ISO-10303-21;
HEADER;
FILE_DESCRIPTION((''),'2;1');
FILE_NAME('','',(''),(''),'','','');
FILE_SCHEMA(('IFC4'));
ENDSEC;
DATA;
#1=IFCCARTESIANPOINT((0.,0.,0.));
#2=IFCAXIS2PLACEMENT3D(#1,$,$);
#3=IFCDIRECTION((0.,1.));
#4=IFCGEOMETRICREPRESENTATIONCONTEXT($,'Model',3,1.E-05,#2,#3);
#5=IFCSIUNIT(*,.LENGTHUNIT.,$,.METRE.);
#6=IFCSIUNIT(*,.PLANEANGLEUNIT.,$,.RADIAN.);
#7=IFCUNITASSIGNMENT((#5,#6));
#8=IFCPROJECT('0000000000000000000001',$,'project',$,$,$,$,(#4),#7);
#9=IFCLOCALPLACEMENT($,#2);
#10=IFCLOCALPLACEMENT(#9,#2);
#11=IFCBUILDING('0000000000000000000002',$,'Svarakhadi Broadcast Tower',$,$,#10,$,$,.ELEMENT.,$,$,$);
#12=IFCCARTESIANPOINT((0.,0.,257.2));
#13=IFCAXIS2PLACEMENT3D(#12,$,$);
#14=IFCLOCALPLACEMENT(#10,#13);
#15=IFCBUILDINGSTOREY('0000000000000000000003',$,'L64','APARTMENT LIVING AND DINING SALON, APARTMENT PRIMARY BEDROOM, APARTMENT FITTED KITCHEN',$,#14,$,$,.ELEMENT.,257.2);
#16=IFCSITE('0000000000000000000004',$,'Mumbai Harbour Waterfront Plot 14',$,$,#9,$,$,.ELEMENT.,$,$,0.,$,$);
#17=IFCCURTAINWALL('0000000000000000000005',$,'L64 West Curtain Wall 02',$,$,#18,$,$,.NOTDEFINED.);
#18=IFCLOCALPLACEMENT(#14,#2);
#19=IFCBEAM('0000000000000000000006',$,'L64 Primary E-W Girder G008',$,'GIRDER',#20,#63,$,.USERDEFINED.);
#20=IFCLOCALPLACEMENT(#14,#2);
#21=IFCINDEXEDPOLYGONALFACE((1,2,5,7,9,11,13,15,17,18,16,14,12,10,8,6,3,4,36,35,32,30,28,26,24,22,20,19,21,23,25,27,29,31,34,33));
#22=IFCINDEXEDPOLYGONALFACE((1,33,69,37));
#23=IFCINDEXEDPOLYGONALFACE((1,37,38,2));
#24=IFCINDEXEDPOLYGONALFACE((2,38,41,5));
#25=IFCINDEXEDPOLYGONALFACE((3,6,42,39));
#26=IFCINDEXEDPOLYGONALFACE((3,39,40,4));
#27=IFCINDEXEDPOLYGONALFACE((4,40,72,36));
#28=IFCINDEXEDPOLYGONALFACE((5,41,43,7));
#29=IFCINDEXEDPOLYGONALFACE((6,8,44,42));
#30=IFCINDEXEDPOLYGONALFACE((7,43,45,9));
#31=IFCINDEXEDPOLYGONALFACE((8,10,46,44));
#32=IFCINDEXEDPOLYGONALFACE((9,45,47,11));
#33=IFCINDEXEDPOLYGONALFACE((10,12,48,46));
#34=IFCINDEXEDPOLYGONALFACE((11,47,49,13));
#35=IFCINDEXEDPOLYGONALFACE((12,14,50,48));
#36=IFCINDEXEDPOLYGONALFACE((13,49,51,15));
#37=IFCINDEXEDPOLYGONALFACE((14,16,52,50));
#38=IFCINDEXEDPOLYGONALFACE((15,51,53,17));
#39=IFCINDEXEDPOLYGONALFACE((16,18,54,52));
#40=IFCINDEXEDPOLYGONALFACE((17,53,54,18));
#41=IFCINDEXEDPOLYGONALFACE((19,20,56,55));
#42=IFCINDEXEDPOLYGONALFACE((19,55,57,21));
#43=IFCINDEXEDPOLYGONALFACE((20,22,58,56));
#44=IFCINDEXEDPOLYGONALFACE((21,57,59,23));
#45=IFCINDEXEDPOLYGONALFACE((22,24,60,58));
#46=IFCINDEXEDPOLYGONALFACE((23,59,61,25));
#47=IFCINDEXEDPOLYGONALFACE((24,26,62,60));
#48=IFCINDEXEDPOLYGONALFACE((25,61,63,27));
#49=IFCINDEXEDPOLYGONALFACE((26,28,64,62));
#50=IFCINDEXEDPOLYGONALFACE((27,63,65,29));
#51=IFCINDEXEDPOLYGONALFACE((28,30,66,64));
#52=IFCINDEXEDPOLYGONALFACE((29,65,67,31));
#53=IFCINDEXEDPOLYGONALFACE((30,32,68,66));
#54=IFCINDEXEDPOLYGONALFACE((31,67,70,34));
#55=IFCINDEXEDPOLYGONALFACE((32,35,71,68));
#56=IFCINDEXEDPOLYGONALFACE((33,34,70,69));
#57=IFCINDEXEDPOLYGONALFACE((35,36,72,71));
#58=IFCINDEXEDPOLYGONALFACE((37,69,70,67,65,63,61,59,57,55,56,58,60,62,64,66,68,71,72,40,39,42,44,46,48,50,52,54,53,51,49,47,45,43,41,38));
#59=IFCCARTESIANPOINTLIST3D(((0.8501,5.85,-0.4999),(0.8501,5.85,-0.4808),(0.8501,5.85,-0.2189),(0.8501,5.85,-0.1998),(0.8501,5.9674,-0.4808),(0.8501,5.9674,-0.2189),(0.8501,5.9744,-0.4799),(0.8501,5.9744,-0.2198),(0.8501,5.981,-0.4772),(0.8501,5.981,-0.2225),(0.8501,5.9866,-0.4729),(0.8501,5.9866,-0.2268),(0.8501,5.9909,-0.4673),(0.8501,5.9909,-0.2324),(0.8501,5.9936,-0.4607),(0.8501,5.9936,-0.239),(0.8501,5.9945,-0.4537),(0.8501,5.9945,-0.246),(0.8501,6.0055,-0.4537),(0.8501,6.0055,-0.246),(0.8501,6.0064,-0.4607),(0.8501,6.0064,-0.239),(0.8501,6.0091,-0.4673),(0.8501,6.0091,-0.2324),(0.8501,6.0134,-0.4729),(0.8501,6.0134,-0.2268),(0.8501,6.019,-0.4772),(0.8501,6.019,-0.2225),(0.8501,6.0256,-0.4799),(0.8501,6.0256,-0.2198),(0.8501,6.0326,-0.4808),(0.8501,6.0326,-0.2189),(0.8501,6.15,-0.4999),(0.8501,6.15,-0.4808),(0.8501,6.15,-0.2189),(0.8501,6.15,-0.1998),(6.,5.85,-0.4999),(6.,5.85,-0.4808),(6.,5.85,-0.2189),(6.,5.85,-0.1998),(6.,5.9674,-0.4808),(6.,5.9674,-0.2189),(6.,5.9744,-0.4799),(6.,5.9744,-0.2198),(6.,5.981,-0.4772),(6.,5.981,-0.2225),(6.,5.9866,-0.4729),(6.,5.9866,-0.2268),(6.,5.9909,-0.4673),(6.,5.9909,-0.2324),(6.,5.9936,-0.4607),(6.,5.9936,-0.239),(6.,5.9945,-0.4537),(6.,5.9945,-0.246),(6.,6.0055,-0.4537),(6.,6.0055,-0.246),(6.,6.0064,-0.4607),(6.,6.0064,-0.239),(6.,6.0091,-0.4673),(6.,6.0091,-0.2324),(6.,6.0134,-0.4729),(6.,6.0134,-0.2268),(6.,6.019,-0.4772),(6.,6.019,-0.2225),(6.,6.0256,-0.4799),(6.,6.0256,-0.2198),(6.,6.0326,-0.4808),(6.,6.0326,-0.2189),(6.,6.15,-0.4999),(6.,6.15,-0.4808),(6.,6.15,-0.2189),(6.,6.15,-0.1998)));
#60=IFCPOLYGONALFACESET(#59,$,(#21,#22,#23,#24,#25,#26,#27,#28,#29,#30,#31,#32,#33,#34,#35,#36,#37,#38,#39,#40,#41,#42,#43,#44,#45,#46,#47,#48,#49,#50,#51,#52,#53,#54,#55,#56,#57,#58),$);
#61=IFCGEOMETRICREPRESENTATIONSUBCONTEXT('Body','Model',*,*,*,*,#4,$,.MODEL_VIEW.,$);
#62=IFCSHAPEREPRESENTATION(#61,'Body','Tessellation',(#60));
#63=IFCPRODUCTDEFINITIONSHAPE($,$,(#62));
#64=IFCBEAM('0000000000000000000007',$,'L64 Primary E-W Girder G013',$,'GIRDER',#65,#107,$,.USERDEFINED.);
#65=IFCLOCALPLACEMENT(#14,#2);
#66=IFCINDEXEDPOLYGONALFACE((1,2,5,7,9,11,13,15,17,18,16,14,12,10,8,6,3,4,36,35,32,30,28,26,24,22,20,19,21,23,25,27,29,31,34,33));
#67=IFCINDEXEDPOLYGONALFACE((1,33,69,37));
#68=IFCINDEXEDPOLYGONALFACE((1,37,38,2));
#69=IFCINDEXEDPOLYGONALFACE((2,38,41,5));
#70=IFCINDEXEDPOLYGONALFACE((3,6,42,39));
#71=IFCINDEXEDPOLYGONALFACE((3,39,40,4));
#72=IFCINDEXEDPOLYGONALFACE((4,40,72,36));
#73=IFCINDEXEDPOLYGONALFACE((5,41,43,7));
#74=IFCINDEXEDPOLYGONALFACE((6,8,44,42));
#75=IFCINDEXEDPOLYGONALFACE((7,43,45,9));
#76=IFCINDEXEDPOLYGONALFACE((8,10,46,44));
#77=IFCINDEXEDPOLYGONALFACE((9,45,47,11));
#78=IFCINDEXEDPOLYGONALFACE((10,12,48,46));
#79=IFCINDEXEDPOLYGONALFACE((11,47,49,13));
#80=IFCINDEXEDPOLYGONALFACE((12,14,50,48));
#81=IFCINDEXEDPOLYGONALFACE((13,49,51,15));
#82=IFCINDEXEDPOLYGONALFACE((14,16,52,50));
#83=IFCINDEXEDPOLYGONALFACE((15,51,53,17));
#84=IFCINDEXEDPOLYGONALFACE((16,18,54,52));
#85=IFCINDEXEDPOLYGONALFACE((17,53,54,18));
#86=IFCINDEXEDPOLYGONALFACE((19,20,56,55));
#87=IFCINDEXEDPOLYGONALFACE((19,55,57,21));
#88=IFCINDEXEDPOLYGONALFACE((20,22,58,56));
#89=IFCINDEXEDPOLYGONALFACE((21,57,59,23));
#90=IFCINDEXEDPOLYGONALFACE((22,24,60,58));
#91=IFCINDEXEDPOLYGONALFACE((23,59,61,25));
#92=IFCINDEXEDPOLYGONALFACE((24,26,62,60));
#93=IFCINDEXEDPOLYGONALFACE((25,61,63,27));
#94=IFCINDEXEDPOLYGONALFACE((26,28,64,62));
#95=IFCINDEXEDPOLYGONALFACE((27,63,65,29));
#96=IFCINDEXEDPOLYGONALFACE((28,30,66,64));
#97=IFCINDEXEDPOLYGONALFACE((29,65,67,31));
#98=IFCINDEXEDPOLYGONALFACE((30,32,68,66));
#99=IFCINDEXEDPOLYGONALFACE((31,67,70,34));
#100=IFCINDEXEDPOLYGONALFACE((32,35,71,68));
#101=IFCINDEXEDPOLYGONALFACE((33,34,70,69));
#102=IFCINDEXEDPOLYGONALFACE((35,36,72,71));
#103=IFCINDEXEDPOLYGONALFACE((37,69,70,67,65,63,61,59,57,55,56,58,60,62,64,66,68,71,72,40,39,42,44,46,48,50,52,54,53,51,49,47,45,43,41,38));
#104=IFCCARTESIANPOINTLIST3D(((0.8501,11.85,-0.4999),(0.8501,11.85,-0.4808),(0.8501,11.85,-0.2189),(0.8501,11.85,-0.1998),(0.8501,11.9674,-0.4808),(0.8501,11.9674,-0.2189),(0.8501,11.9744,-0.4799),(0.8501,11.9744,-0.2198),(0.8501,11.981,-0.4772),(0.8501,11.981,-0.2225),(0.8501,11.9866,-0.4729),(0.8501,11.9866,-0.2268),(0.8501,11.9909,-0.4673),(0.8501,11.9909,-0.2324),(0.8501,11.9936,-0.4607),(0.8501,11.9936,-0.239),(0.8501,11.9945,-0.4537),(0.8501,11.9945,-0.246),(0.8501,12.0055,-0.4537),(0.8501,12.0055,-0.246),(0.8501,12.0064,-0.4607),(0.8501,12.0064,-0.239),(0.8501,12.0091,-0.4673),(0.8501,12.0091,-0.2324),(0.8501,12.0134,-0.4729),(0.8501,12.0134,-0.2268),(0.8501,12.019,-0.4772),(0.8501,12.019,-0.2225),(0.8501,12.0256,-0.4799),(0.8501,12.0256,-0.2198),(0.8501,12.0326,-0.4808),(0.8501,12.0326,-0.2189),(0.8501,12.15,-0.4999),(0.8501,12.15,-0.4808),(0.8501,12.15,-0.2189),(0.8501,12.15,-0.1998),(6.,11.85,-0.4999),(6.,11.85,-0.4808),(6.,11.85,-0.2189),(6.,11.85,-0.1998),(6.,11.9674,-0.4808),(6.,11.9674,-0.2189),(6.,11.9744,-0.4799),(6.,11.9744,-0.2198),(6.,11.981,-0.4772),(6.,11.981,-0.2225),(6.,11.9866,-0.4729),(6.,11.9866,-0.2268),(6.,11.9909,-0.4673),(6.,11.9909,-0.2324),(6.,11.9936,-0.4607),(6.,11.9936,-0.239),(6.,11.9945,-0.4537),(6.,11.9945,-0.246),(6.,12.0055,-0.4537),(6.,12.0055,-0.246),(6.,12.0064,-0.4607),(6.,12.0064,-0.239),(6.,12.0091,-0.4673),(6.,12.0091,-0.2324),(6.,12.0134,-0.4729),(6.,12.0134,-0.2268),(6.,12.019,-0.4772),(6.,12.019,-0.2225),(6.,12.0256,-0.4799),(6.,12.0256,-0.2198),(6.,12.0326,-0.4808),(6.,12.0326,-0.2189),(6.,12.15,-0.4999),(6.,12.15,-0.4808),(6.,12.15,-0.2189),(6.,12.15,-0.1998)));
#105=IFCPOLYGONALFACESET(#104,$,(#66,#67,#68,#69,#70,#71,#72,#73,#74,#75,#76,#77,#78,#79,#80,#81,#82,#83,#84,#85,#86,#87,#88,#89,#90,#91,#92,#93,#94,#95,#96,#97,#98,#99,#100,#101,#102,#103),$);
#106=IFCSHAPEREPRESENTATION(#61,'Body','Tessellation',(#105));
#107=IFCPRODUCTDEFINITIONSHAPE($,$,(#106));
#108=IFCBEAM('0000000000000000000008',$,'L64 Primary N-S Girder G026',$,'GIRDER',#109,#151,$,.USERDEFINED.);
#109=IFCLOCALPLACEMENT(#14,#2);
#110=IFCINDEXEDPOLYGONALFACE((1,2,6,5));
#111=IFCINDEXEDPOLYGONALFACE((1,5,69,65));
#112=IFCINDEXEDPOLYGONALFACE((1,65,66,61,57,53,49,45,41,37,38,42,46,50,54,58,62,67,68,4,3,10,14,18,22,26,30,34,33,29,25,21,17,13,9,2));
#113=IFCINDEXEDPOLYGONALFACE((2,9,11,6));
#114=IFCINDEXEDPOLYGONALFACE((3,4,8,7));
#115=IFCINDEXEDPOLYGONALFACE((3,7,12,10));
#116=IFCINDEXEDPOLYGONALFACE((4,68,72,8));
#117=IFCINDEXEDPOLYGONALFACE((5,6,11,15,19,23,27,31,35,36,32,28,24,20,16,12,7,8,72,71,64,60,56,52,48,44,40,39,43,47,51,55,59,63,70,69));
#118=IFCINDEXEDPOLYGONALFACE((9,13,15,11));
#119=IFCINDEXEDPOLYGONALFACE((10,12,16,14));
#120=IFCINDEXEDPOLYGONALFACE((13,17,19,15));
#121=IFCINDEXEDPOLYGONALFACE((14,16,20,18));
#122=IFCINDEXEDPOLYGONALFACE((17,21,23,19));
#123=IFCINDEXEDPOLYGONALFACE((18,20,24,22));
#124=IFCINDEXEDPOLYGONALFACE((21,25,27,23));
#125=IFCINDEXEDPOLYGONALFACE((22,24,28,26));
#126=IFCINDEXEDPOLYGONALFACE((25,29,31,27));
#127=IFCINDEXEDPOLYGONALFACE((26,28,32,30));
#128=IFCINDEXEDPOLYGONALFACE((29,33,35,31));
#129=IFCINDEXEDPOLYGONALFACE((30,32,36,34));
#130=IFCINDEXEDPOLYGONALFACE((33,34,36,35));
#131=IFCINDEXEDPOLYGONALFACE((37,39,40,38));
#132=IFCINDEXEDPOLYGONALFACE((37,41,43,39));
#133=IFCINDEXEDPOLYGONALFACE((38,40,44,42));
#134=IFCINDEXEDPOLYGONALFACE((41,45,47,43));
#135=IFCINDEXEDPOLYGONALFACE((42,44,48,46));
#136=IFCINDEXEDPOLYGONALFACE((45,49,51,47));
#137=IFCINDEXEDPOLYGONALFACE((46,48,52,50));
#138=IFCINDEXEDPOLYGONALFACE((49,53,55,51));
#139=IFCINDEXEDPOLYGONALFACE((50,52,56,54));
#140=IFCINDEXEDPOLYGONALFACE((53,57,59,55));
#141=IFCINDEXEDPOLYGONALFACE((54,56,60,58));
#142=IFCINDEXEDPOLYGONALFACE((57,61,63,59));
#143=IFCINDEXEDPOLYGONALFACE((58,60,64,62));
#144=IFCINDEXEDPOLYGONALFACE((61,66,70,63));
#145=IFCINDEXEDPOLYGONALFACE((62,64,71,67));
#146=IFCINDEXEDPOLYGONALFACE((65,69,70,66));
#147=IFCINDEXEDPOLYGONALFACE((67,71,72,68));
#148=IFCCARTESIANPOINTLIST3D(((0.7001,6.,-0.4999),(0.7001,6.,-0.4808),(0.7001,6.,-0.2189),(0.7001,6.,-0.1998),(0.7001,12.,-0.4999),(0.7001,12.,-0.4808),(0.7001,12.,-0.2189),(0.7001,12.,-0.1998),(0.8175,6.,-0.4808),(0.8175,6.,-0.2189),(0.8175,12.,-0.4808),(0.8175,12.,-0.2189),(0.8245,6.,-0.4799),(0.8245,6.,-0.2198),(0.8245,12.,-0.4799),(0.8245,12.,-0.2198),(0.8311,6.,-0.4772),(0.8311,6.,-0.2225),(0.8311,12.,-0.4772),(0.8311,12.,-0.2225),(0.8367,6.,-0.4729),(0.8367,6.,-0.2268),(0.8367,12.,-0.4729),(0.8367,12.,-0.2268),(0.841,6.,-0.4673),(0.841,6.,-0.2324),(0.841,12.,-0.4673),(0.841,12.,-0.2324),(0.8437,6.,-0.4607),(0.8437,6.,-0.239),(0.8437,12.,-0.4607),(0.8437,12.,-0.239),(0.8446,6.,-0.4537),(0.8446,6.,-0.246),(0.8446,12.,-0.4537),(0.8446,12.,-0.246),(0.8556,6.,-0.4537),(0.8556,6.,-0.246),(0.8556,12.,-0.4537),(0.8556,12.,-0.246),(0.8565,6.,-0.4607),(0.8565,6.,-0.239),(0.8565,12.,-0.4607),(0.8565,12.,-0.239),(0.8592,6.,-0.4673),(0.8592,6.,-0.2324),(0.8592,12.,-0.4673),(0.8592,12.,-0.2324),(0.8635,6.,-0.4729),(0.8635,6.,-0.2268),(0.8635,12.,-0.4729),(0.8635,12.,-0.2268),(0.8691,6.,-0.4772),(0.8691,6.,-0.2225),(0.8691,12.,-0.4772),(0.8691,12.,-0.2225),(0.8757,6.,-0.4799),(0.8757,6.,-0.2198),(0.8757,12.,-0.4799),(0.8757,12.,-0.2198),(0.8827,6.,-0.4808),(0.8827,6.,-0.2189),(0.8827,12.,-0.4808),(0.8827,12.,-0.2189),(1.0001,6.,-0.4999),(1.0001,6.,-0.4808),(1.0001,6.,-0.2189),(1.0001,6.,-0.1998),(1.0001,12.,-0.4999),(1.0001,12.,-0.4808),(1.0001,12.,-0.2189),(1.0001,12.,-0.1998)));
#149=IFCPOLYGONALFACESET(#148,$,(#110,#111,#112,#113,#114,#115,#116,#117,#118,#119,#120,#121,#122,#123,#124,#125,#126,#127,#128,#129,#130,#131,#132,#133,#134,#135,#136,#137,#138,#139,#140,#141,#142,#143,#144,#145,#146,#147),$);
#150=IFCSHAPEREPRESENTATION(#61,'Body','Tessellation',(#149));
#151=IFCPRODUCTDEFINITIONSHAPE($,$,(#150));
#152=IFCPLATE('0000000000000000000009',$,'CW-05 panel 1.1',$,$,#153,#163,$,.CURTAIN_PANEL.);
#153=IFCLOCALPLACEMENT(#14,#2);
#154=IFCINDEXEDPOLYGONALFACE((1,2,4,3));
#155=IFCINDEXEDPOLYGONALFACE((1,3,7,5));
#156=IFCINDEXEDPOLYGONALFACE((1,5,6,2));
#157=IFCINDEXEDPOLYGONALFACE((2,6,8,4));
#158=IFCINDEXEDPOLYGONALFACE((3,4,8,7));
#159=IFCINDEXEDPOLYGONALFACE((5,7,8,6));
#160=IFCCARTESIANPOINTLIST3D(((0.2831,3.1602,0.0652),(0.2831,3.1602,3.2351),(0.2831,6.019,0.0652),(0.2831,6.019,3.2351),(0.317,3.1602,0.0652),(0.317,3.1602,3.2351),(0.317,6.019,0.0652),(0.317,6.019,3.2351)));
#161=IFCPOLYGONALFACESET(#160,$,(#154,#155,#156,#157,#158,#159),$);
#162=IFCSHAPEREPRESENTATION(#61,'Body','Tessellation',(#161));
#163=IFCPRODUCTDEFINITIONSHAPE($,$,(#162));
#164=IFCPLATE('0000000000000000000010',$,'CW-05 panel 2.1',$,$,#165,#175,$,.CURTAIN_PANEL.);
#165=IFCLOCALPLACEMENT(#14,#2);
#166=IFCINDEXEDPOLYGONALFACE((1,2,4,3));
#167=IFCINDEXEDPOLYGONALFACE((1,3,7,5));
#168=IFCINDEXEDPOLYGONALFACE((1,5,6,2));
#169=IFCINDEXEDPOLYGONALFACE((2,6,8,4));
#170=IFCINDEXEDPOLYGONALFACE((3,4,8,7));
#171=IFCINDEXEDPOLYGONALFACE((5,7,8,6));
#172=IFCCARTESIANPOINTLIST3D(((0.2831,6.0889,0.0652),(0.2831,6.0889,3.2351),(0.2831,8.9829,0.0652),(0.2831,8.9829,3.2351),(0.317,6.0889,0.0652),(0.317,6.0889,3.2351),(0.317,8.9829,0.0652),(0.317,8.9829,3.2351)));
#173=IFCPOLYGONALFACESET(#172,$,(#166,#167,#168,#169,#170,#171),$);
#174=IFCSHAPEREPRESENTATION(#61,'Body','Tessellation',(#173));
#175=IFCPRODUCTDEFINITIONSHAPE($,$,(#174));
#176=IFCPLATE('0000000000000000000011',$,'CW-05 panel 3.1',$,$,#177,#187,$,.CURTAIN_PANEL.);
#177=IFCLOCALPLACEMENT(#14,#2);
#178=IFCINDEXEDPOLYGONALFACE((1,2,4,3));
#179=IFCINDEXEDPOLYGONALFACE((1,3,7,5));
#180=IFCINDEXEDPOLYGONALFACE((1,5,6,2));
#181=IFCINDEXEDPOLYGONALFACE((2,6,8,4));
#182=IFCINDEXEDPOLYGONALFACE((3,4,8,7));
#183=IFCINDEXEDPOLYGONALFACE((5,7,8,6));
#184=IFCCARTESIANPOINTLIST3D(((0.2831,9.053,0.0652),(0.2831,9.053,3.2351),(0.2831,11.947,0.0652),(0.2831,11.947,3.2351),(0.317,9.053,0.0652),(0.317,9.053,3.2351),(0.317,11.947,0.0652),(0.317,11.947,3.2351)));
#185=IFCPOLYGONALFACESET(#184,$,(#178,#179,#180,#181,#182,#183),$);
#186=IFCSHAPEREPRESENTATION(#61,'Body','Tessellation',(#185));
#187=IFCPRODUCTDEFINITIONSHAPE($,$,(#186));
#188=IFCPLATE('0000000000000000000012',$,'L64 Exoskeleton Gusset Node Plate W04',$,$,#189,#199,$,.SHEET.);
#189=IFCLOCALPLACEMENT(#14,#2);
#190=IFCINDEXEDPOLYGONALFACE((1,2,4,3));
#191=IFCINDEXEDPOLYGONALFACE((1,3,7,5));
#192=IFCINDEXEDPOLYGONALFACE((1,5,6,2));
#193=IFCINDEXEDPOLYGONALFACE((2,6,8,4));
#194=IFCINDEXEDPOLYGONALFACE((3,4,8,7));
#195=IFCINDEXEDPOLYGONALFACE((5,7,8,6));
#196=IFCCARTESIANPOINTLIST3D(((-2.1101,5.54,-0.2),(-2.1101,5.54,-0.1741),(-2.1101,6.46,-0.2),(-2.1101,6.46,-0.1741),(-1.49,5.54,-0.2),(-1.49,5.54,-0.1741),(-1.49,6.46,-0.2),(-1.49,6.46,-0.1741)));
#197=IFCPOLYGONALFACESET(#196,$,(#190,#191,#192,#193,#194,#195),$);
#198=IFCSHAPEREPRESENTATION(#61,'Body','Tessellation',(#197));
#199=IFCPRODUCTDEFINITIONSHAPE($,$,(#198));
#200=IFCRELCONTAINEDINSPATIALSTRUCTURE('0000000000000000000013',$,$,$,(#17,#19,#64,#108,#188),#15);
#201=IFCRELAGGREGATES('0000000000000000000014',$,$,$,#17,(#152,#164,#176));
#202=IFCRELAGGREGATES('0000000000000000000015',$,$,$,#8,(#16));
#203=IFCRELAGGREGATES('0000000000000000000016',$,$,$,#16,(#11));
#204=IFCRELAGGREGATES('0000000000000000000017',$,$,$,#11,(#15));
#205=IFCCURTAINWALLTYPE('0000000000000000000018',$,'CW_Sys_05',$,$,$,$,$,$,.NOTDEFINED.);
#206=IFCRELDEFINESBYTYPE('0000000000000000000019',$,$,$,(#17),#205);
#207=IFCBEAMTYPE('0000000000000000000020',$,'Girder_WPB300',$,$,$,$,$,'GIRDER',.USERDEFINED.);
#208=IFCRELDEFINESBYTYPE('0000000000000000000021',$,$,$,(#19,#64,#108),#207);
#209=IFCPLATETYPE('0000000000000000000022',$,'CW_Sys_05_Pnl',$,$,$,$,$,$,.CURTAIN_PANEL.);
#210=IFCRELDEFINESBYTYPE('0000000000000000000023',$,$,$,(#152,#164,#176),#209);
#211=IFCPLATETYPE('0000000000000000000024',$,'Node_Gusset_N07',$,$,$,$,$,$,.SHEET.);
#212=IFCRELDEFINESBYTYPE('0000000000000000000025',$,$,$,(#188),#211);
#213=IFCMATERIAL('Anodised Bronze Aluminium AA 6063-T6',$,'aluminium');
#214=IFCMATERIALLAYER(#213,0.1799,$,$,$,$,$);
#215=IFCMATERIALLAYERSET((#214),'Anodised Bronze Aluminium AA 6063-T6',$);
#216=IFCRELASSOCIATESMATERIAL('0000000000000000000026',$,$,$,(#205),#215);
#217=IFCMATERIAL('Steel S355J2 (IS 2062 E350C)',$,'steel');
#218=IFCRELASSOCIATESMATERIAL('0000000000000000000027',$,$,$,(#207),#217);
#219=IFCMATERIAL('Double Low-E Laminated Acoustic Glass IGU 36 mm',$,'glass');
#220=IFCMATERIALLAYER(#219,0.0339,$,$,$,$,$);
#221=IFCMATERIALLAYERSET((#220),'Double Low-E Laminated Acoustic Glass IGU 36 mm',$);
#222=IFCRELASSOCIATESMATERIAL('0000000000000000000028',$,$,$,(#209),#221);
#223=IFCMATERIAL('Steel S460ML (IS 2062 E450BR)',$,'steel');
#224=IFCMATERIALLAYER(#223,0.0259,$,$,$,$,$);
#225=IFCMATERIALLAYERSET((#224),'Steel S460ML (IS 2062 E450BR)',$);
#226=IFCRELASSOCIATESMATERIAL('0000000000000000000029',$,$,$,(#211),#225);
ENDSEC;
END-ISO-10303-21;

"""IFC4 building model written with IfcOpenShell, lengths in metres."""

from ifc_helpers import new_model, si_unit, direction, frame, origin, origin_2d, place, context, subcontext, project, spatial, rectangle, i_section, extrude, material, layer, layer_set, material_profile, profile_set, type_object, element, aggregate, save


model = new_model("IFC4")

# Units and contexts
model_context = context("Model", 3, precision=1e-05, world=origin(), true_north=direction((0.0, 1.0)))
body_context = subcontext(model_context, "Body", "Model", "MODEL_VIEW")
ifc_project = project(units=[si_unit("LENGTHUNIT", "METRE"), si_unit("PLANEANGLEUNIT", "RADIAN")], contexts=[model_context])

# Site, building, storey
site_placement = place(None, origin())
site = spatial("IfcSite", under=ifc_project, at=site_placement, Name="Mumbai Harbour Waterfront Plot 14", CompositionType="ELEMENT", RefElevation=0.0)
building_placement = place(site_placement, origin())
building = spatial("IfcBuilding", under=site, at=building_placement, Name="Svarakhadi Broadcast Tower", CompositionType="ELEMENT")
storey_placement = place(building_placement, frame((0.0, 0.0, 257.2)))
storey = spatial("IfcBuildingStorey", under=building, at=storey_placement, Name="L64", Description="APARTMENT LIVING AND DINING SALON, APARTMENT PRIMARY BEDROOM, APARTMENT FITTED KITCHEN", CompositionType="ELEMENT", Elevation=257.2)

# Shared definitions
ifc_material_1 = material(Name="Steel S460ML (IS 2062 E450BR)", Category="steel")

# Shared definitions
ifc_material_2 = material(Name="Steel S355J2 (IS 2062 E350C)", Category="steel")

# Curtain wall
ifc_material_3 = material(Name="Anodised Bronze Aluminium AA 6063-T6", Category="aluminium")
ifc_layer_1 = layer(ifc_material_3, 0.1799)
ifc_layer_set_1 = layer_set([ifc_layer_1], Name="Anodised Bronze Aluminium AA 6063-T6")
curtain_wall_type = type_object("IfcCurtainWallType", Name="CW_Sys_05", PredefinedType="NOTDEFINED", material=ifc_layer_set_1)
curtain_wall_placement = place(storey_placement, origin())
curtain_wall = element("IfcCurtainWall", 1, at=curtain_wall_placement, inside=storey, type_object=curtain_wall_type, Name="L64 West Curtain Wall 02", PredefinedType="NOTDEFINED")

# Beams
ifc_material_profile_1 = material_profile(ifc_material_2, i_section(OverallWidth=0.3, OverallDepth=0.3, WebThickness=0.011, FlangeThickness=0.019, FilletRadius=0.0271, at=origin_2d()), Name="WPB 300x300x117")
ifc_profile_set_1 = profile_set([ifc_material_profile_1], Name="Steel S355J2 (IS 2062 E350C)")
beam_type_1 = type_object("IfcBeamType", Name="Girder_WPB300", ElementType="GIRDER", PredefinedType="USERDEFINED", material=ifc_profile_set_1)
for number, where, z_axis, x_axis, name in (
    (2, (0.8501, 6.0, -0.3499), (1.0, 0.0, 0.0), (0.0, 1.0, 0.0), "L64 Primary E-W Girder G008"),
    (3, (0.8501, 12.0, -0.3499), (1.0, 0.0, 0.0), (0.0, 1.0, 0.0), "L64 Primary E-W Girder G013"),
):
    element("IfcBeam", number, at=place(storey_placement, frame(where, z_axis=z_axis, x_axis=x_axis)), inside=storey, type_object=beam_type_1, Name=name, ObjectType="GIRDER", PredefinedType="USERDEFINED", context=body_context, shape_type="SweptSolid", body=[
        extrude(i_section(OverallWidth=0.3, OverallDepth=0.3, WebThickness=0.011, FlangeThickness=0.019, FilletRadius=0.0271, at=origin_2d()), origin(), (0.0, 0.0, 1.0), 5.1499),
    ])
beam_1_placement = place(storey_placement, frame((0.8501, 6.0, -0.3499), z_axis=(0.0, 1.0, 0.0), x_axis=(-1.0, 0.0, 0.0)))
element("IfcBeam", 4, at=beam_1_placement, inside=storey, type_object=beam_type_1, Name="L64 Primary N-S Girder G026", ObjectType="GIRDER", PredefinedType="USERDEFINED", context=body_context, shape_type="SweptSolid", body=[
    extrude(i_section(OverallWidth=0.3, OverallDepth=0.3, WebThickness=0.011, FlangeThickness=0.019, FilletRadius=0.0271, at=origin_2d()), origin(), (0.0, 0.0, 1.0), 6.0),
])

# Plates
ifc_material_4 = material(Name="Double Low-E Laminated Acoustic Glass IGU 36 mm", Category="glass")
ifc_layer_2 = layer(ifc_material_4, 0.0339)
ifc_layer_set_2 = layer_set([ifc_layer_2], Name="Double Low-E Laminated Acoustic Glass IGU 36 mm")
plate_type_1 = type_object("IfcPlateType", Name="CW_Sys_05_Pnl", PredefinedType="CURTAIN_PANEL", material=ifc_layer_set_2)
plate_1_placement = place(storey_placement, frame((0.3, 4.5896, 0.0652), z_axis=(0.0, 0.0, 1.0), x_axis=(0.0, 1.0, 0.0)))
plate_1 = element("IfcPlate", 5, at=plate_1_placement, type_object=plate_type_1, Name="CW-05 panel 1.1", PredefinedType="CURTAIN_PANEL", context=body_context, shape_type="SweptSolid", body=[
    extrude(rectangle(XDim=2.8589, YDim=0.0339, at=origin_2d()), origin(), (0.0, 0.0, 1.0), 3.1699),
])
plate_2_placement = place(storey_placement, frame((0.3, 7.5359, 0.0652), z_axis=(0.0, 0.0, 1.0), x_axis=(0.0, 1.0, 0.0)))
plate_2 = element("IfcPlate", 6, at=plate_2_placement, type_object=plate_type_1, Name="CW-05 panel 2.1", PredefinedType="CURTAIN_PANEL", context=body_context, shape_type="SweptSolid", body=[
    extrude(rectangle(XDim=2.894, YDim=0.0339, at=origin_2d()), origin(), (0.0, 0.0, 1.0), 3.1699),
])
plate_3_placement = place(storey_placement, frame((0.3, 10.5, 0.0652), z_axis=(0.0, 0.0, 1.0), x_axis=(0.0, 1.0, 0.0)))
plate_3 = element("IfcPlate", 7, at=plate_3_placement, type_object=plate_type_1, Name="CW-05 panel 3.1", PredefinedType="CURTAIN_PANEL", context=body_context, shape_type="SweptSolid", body=[
    extrude(rectangle(XDim=2.894, YDim=0.0339, at=origin_2d()), origin(), (0.0, 0.0, 1.0), 3.1699),
])
aggregate(curtain_wall, [plate_1, plate_2, plate_3])

# Plate
ifc_layer_3 = layer(ifc_material_1, 0.0259)
ifc_layer_set_3 = layer_set([ifc_layer_3], Name="Steel S460ML (IS 2062 E450BR)")
plate_type_2 = type_object("IfcPlateType", Name="Node_Gusset_N07", PredefinedType="SHEET", material=ifc_layer_set_3)
plate_4_placement = place(storey_placement, frame((-1.8, 6.0, -0.2), z_axis=(0.0, 0.0, 1.0), x_axis=(0.0, 1.0, 0.0)))
element("IfcPlate", 8, at=plate_4_placement, inside=storey, type_object=plate_type_2, Name="L64 Exoskeleton Gusset Node Plate W04", PredefinedType="SHEET", context=body_context, shape_type="SweptSolid", body=[
    extrude(rectangle(XDim=0.9199, YDim=0.6201, at=origin_2d()), origin(), (0.0, 0.0, 1.0), 0.0259),
])

save(model, "model.ifc")
